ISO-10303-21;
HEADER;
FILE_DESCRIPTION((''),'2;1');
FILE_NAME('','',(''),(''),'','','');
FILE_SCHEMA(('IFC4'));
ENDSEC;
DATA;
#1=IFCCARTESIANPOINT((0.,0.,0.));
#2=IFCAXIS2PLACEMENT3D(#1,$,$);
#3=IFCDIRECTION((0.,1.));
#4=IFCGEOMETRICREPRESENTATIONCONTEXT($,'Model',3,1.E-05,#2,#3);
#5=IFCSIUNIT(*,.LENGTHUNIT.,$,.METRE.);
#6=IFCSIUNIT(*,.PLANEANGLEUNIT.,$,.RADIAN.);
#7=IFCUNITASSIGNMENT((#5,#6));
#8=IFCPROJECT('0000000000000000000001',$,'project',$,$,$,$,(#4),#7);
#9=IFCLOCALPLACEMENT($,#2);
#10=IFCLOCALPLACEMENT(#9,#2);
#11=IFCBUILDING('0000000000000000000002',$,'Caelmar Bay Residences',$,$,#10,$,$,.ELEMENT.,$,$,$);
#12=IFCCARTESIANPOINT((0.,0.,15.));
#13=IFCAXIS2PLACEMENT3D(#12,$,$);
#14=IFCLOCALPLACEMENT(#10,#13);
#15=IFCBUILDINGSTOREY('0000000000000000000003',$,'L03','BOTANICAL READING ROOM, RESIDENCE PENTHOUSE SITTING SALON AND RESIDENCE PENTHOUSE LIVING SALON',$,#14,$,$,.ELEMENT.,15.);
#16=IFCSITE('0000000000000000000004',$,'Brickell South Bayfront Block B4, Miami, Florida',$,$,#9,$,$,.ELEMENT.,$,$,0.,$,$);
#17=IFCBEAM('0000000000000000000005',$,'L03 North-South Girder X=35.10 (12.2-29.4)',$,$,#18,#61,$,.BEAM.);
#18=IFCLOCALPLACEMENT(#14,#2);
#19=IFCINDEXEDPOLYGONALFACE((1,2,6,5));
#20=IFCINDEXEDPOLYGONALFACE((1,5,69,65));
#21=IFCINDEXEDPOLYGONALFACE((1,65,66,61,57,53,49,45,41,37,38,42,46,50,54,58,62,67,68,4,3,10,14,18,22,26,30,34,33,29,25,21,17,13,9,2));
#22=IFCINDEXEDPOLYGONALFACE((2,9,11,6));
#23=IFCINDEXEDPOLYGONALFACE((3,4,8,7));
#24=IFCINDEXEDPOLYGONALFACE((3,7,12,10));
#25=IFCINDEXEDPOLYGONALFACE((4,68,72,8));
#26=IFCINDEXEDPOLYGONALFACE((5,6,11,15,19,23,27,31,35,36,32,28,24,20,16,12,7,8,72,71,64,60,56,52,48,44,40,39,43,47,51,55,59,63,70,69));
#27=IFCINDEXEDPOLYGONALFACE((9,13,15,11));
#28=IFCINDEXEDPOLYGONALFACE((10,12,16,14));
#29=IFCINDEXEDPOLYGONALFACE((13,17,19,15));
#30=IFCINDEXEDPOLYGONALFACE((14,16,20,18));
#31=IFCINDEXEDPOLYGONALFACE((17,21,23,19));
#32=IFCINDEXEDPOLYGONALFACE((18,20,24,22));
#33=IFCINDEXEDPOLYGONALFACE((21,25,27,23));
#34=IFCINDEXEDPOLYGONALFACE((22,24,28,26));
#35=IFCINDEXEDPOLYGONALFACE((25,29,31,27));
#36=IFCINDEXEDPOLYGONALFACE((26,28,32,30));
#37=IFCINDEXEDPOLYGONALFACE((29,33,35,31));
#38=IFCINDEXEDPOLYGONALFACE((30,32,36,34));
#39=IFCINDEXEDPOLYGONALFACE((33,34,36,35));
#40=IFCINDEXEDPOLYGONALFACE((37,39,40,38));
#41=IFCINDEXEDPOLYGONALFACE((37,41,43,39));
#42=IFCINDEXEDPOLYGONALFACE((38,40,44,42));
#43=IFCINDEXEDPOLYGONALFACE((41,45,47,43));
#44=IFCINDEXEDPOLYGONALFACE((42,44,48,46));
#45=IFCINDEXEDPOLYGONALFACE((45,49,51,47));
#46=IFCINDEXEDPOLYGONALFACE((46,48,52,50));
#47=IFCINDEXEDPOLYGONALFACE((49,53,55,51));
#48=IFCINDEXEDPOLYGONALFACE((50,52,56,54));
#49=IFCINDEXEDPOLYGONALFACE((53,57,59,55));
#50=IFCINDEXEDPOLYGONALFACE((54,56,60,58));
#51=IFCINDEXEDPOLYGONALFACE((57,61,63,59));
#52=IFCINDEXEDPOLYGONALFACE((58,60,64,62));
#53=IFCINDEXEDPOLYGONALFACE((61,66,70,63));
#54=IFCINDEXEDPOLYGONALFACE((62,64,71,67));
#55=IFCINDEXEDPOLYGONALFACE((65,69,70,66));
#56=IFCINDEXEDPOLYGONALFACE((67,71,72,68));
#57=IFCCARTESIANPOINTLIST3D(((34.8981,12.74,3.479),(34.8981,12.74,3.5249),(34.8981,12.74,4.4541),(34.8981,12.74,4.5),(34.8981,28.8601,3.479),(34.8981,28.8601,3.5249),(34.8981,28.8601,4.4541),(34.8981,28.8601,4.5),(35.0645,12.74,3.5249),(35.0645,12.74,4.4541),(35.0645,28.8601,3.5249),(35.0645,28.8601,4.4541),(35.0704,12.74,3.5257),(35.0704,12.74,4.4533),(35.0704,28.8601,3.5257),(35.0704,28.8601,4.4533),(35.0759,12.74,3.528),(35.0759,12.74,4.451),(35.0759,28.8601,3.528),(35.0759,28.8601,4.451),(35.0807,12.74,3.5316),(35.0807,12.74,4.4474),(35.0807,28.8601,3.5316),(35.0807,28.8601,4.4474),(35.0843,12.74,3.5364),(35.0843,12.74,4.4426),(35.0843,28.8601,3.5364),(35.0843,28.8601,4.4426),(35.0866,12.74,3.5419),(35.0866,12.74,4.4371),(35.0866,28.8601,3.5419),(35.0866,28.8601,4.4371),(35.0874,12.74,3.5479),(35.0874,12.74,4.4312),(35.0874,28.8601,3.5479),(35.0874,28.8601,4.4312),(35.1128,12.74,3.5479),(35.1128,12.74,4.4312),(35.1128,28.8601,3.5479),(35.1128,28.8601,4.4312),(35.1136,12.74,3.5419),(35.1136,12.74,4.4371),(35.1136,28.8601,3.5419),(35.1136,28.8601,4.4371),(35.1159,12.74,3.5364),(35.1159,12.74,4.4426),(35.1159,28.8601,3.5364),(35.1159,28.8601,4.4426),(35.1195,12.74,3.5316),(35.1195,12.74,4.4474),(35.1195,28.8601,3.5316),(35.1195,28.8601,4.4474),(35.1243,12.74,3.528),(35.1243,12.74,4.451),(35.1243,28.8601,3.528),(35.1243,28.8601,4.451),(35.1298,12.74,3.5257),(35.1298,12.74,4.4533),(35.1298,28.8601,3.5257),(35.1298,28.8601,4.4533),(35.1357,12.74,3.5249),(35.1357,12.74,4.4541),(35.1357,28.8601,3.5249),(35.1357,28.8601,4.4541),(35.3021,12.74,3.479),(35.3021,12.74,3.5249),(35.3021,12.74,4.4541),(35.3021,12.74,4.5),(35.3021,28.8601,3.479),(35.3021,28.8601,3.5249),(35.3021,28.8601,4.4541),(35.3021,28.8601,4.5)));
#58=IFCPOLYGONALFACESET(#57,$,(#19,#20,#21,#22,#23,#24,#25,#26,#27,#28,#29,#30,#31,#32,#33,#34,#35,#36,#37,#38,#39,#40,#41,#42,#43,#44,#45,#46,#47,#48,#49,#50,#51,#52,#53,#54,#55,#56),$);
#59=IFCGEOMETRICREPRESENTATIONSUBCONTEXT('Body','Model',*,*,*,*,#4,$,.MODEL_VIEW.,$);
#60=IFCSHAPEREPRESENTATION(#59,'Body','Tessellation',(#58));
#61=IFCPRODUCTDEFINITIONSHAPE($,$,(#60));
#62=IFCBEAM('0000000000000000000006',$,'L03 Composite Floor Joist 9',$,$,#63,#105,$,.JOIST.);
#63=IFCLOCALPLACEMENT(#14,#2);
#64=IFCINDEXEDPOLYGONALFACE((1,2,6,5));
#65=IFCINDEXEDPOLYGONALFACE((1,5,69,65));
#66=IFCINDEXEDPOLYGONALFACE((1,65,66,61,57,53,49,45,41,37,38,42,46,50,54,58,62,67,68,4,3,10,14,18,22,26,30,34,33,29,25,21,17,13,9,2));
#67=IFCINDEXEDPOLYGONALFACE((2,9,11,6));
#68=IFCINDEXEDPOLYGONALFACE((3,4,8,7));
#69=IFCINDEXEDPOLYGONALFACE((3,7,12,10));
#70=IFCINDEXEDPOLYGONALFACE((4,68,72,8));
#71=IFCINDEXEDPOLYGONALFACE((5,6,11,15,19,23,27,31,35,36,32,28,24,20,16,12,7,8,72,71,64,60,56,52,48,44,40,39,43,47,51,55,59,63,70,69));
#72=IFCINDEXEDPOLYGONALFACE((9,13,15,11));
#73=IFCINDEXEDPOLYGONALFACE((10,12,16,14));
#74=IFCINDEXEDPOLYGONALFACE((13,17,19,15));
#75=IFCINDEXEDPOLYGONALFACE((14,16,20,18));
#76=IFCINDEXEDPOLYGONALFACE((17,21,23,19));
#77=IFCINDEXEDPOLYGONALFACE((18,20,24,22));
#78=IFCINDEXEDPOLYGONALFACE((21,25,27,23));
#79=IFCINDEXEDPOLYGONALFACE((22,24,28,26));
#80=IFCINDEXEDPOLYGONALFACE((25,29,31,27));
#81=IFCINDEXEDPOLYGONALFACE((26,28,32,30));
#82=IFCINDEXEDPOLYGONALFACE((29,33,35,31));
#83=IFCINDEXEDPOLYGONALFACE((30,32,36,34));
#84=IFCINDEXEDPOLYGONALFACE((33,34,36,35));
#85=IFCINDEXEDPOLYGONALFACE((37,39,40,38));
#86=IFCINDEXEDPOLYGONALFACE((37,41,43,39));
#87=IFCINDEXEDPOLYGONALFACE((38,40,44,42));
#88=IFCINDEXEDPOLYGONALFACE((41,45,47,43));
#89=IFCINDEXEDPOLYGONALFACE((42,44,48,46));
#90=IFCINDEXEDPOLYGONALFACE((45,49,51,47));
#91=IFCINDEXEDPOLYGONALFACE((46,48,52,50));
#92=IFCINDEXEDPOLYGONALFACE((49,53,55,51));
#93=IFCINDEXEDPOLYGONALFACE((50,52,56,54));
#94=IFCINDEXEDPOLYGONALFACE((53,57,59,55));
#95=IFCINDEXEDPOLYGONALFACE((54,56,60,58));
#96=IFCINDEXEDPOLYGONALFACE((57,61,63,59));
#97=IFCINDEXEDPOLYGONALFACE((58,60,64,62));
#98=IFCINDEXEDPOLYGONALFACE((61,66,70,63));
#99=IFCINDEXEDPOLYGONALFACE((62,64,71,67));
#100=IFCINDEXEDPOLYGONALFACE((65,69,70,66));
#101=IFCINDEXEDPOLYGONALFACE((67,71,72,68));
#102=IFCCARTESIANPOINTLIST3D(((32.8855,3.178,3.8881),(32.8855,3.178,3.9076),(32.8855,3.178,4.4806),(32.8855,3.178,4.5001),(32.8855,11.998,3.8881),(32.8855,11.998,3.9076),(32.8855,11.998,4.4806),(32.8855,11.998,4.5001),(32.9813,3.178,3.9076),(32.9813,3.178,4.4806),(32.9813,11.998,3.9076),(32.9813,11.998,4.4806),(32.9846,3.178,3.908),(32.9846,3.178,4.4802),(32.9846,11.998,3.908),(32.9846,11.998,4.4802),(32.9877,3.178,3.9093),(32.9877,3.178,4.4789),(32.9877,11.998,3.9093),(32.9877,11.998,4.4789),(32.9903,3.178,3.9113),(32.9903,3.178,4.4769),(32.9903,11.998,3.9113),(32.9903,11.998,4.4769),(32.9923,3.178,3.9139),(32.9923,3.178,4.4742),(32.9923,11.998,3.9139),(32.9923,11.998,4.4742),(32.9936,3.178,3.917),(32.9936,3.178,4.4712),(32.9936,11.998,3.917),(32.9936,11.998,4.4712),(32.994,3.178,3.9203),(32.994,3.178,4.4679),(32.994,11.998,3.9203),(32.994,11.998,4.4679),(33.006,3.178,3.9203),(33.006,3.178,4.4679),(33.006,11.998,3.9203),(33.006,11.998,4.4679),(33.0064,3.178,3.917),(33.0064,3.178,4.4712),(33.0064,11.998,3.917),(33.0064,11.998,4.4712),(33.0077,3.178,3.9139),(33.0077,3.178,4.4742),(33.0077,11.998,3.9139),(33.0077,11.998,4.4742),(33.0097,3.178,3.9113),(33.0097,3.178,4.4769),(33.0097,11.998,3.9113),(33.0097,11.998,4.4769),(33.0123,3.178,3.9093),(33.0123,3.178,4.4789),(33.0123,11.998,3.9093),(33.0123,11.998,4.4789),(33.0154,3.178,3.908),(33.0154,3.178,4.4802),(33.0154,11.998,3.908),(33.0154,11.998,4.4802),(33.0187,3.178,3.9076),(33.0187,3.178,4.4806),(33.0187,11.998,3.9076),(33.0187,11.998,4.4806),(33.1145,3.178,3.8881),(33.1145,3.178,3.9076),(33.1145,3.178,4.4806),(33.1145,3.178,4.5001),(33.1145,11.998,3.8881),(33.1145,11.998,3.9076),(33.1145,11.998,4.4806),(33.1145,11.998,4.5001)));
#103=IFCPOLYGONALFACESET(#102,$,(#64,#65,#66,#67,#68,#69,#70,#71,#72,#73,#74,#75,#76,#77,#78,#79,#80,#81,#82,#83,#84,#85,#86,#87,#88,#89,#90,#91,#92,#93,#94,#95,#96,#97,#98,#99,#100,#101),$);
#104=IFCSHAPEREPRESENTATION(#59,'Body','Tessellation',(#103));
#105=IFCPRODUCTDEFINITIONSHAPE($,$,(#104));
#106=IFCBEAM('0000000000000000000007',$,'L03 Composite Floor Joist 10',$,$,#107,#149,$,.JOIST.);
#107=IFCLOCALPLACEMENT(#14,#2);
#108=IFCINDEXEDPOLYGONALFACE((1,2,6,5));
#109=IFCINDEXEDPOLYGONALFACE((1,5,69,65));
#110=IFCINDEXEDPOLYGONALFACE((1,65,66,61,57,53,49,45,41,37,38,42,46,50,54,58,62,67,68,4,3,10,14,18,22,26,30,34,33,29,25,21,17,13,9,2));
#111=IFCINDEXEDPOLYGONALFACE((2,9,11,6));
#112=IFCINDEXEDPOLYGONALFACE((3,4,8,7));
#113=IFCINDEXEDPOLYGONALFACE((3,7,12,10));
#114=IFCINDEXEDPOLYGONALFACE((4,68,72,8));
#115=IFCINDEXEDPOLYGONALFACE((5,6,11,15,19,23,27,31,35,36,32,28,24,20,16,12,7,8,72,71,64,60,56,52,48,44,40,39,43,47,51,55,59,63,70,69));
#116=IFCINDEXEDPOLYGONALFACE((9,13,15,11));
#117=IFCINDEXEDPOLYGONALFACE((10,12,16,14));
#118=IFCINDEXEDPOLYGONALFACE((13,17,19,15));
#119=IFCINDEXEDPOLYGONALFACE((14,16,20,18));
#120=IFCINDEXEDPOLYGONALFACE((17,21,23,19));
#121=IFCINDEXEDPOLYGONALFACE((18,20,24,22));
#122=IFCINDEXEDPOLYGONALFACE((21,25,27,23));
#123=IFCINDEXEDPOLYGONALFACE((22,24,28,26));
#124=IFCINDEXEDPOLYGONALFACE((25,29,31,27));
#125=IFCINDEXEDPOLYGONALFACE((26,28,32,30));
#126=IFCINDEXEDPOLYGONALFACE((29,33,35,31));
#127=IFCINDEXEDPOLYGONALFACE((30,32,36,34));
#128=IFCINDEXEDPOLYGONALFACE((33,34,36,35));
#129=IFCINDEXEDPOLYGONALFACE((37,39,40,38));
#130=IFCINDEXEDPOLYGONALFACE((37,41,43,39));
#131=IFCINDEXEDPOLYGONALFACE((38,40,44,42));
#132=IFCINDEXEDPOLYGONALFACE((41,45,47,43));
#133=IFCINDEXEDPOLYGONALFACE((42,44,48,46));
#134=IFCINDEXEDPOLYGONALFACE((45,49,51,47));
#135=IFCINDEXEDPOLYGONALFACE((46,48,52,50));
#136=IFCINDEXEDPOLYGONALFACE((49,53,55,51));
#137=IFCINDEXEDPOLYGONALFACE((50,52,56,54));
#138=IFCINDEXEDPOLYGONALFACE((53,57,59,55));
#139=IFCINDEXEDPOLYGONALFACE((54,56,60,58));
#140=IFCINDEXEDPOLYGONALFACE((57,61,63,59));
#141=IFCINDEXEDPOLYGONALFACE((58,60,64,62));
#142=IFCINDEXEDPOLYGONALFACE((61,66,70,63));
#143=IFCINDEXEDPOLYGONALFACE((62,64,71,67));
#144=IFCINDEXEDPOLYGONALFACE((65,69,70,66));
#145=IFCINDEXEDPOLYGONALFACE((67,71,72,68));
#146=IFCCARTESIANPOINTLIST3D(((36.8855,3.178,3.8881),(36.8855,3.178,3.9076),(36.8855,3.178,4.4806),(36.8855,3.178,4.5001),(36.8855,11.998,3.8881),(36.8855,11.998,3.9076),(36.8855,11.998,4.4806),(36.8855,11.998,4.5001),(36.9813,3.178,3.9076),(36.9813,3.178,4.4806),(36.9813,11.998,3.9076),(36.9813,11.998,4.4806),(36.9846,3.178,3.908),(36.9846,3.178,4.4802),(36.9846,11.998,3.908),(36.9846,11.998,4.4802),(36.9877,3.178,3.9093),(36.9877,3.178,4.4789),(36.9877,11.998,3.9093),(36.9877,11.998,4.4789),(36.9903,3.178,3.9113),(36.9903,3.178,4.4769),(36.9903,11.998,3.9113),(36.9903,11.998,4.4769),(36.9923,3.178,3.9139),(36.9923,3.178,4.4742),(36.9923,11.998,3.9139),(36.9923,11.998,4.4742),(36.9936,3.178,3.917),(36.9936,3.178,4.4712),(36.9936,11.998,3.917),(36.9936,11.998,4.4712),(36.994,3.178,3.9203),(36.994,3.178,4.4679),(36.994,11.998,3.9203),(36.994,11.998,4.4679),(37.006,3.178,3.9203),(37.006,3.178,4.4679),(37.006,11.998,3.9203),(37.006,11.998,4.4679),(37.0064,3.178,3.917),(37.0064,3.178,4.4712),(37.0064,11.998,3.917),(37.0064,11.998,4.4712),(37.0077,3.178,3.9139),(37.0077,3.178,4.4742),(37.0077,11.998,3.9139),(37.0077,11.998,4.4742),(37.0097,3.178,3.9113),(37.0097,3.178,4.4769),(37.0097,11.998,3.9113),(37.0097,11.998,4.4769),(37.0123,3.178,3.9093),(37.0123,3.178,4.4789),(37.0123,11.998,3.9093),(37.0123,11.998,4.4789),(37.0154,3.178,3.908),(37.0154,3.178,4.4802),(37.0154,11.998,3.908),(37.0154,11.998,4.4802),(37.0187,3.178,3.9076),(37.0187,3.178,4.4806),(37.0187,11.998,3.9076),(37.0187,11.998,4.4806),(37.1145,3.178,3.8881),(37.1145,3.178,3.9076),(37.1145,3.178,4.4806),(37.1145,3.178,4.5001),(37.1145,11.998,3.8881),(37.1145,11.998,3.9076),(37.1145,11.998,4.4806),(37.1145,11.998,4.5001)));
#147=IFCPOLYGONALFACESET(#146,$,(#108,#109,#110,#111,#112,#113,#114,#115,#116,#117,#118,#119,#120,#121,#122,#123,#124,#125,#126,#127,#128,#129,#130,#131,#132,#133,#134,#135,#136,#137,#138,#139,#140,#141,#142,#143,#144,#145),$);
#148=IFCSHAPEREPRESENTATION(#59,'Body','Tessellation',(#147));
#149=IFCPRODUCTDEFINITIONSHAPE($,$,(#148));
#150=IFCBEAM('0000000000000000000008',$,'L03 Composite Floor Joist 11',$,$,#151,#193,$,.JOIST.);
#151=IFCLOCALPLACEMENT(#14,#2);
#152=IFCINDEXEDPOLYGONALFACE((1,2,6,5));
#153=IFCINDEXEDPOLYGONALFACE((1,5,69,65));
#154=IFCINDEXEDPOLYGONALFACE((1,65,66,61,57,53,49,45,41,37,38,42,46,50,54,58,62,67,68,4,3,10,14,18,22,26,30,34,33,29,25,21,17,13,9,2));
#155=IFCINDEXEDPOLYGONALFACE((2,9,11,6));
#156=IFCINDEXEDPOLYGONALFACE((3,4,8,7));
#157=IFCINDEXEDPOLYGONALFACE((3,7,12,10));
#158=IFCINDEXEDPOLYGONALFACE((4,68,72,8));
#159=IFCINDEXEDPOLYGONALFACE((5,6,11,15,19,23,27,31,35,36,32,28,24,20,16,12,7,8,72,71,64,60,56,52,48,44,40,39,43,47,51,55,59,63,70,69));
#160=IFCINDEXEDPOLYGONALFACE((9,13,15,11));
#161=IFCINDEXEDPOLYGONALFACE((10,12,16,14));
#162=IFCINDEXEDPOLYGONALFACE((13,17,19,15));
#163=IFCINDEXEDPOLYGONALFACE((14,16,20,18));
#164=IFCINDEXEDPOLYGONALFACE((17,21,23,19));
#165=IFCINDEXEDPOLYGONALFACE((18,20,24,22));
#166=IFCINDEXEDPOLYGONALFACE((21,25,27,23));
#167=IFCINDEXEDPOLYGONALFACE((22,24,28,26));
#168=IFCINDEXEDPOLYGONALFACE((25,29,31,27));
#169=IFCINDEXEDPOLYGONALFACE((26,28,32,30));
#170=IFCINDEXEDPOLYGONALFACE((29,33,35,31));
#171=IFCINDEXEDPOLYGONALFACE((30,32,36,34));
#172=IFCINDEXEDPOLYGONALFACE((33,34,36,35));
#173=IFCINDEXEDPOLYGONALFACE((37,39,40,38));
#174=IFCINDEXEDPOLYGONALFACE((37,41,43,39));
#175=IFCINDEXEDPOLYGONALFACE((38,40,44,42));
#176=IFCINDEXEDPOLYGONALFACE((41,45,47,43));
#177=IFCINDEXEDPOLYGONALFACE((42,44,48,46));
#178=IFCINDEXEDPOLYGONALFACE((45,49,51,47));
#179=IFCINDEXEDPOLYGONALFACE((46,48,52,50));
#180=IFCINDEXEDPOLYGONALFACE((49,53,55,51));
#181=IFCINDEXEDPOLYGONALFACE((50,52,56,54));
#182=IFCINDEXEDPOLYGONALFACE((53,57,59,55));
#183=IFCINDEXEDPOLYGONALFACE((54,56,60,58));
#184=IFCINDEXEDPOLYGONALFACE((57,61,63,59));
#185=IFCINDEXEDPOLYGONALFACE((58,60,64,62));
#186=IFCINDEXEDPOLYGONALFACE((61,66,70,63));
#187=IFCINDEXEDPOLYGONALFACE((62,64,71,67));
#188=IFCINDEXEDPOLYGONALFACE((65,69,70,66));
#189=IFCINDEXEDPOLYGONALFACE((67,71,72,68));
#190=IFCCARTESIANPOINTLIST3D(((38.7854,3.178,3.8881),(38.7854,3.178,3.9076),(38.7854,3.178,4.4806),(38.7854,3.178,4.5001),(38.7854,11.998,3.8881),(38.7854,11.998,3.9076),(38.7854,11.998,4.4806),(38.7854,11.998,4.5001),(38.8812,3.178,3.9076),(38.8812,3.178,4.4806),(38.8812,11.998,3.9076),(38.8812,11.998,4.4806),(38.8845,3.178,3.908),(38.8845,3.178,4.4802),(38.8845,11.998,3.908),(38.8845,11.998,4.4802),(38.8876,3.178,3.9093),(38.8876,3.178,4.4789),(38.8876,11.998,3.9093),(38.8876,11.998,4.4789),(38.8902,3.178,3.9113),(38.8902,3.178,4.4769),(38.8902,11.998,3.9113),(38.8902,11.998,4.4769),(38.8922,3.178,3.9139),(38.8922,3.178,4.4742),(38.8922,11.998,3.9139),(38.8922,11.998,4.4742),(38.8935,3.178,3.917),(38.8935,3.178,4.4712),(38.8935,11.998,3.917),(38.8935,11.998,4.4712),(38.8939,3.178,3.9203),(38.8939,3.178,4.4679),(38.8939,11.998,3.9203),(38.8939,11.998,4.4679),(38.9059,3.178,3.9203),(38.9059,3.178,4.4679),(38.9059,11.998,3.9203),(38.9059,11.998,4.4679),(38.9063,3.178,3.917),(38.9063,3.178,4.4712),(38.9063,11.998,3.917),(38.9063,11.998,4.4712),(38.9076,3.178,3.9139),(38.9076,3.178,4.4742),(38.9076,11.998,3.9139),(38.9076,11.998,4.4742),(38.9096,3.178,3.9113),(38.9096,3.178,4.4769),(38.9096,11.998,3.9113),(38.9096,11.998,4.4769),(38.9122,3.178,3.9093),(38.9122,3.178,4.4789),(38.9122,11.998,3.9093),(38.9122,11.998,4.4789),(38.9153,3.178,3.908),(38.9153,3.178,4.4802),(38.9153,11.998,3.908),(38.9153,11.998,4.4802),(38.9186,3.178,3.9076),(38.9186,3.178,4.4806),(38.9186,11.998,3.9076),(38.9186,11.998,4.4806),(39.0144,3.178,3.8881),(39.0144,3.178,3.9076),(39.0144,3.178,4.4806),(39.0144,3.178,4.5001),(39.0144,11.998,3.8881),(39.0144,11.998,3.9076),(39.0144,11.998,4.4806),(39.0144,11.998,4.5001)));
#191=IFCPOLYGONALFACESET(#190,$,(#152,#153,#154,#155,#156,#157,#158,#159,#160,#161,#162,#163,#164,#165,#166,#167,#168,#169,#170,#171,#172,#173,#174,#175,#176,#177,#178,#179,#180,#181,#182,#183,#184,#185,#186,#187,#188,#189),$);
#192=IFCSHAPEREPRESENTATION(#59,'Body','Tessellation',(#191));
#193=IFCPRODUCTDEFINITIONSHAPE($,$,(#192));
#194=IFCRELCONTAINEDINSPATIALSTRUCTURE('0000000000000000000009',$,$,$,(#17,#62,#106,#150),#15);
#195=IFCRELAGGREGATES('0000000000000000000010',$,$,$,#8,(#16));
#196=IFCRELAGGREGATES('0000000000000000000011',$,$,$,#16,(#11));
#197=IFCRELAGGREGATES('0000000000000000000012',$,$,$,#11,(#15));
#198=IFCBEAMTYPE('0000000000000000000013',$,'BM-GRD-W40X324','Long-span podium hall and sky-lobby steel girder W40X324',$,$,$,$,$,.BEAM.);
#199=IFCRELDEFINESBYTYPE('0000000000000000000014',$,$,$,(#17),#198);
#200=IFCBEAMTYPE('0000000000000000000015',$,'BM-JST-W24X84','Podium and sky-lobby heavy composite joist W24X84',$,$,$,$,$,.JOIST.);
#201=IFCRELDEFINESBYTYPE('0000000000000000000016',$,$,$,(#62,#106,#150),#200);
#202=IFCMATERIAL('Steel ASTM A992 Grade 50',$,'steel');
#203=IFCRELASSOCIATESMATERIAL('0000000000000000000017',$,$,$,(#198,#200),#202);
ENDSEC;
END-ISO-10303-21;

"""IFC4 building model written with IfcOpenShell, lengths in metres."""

from ifc_helpers import new_model, si_unit, direction, frame, origin, origin_2d, place, context, subcontext, project, spatial, i_section, extrude, material, material_profile, profile_set, type_object, element, save


model = new_model("IFC4")

# Units and contexts
model_context = context("Model", 3, precision=1e-05, world=origin(), true_north=direction((0.0, 1.0)))
body_context = subcontext(model_context, "Body", "Model", "MODEL_VIEW")
ifc_project = project(units=[si_unit("LENGTHUNIT", "METRE"), si_unit("PLANEANGLEUNIT", "RADIAN")], contexts=[model_context])

# Site, building, storey
site_placement = place(None, origin())
site = spatial("IfcSite", under=ifc_project, at=site_placement, Name="Brickell South Bayfront Block B4, Miami, Florida", CompositionType="ELEMENT", RefElevation=0.0)
building_placement = place(site_placement, origin())
building = spatial("IfcBuilding", under=site, at=building_placement, Name="Caelmar Bay Residences", CompositionType="ELEMENT")
storey_placement = place(building_placement, frame((0.0, 0.0, 15.0)))
storey = spatial("IfcBuildingStorey", under=building, at=storey_placement, Name="L03", Description="BOTANICAL READING ROOM, RESIDENCE PENTHOUSE SITTING SALON AND RESIDENCE PENTHOUSE LIVING SALON", CompositionType="ELEMENT", Elevation=15.0)

# Beams
ifc_material_1 = material(Name="Steel ASTM A992 Grade 50", Category="steel")
ifc_material_profile_1 = material_profile(ifc_material_1, i_section(OverallWidth=0.4041, OverallDepth=1.021, WebThickness=0.0254, FlangeThickness=0.0459, FilletRadius=0.0229, at=origin_2d()), Name="W40X324")
ifc_profile_set_1 = profile_set([ifc_material_profile_1], Name="Steel ASTM A992 Grade 50")
beam_type_1 = type_object("IfcBeamType", Name="BM-GRD-W40X324", Description="Long-span podium hall and sky-lobby steel girder W40X324", PredefinedType="BEAM", material=ifc_profile_set_1)
beam_1_placement = place(storey_placement, frame((35.1001, 12.74, 3.9895), z_axis=(0.0, 1.0, 0.0), x_axis=(-1.0, 0.0, 0.0)))
element("IfcBeam", 1, at=beam_1_placement, inside=storey, type_object=beam_type_1, Name="L03 North-South Girder X=35.10 (12.2-29.4)", PredefinedType="BEAM", context=body_context, shape_type="SweptSolid", body=[
    extrude(i_section(OverallWidth=0.4041, OverallDepth=1.021, WebThickness=0.0254, FlangeThickness=0.0459, FilletRadius=0.0229, at=origin_2d()), origin(), (0.0, 0.0, 1.0), 16.1201),
])
ifc_material_profile_2 = material_profile(ifc_material_1, i_section(OverallWidth=0.229, OverallDepth=0.6121, WebThickness=0.012, FlangeThickness=0.0195, FilletRadius=0.0127, at=origin_2d()), Name="W24X84")
ifc_profile_set_2 = profile_set([ifc_material_profile_2], Name="Steel ASTM A992 Grade 50")
beam_type_2 = type_object("IfcBeamType", Name="BM-JST-W24X84", Description="Podium and sky-lobby heavy composite joist W24X84", PredefinedType="JOIST", material=ifc_profile_set_2)
for number, where, z_axis, x_axis, name in (
    (2, (33.0, 3.178, 4.1941), (0.0, 1.0, 0.0), (-1.0, 0.0, 0.0), "L03 Composite Floor Joist 9"),
    (3, (37.0, 3.178, 4.1941), (0.0, 1.0, 0.0), (-1.0, 0.0, 0.0), "L03 Composite Floor Joist 10"),
    (4, (38.8999, 3.178, 4.1941), (0.0, 1.0, 0.0), (-1.0, 0.0, 0.0), "L03 Composite Floor Joist 11"),
):
    element("IfcBeam", number, at=place(storey_placement, frame(where, z_axis=z_axis, x_axis=x_axis)), inside=storey, type_object=beam_type_2, Name=name, PredefinedType="JOIST", context=body_context, shape_type="SweptSolid", body=[
        extrude(i_section(OverallWidth=0.229, OverallDepth=0.6121, WebThickness=0.012, FlangeThickness=0.0195, FilletRadius=0.0127, at=origin_2d()), origin(), (0.0, 0.0, 1.0), 8.8201),
    ])

save(model, "model.ifc")
